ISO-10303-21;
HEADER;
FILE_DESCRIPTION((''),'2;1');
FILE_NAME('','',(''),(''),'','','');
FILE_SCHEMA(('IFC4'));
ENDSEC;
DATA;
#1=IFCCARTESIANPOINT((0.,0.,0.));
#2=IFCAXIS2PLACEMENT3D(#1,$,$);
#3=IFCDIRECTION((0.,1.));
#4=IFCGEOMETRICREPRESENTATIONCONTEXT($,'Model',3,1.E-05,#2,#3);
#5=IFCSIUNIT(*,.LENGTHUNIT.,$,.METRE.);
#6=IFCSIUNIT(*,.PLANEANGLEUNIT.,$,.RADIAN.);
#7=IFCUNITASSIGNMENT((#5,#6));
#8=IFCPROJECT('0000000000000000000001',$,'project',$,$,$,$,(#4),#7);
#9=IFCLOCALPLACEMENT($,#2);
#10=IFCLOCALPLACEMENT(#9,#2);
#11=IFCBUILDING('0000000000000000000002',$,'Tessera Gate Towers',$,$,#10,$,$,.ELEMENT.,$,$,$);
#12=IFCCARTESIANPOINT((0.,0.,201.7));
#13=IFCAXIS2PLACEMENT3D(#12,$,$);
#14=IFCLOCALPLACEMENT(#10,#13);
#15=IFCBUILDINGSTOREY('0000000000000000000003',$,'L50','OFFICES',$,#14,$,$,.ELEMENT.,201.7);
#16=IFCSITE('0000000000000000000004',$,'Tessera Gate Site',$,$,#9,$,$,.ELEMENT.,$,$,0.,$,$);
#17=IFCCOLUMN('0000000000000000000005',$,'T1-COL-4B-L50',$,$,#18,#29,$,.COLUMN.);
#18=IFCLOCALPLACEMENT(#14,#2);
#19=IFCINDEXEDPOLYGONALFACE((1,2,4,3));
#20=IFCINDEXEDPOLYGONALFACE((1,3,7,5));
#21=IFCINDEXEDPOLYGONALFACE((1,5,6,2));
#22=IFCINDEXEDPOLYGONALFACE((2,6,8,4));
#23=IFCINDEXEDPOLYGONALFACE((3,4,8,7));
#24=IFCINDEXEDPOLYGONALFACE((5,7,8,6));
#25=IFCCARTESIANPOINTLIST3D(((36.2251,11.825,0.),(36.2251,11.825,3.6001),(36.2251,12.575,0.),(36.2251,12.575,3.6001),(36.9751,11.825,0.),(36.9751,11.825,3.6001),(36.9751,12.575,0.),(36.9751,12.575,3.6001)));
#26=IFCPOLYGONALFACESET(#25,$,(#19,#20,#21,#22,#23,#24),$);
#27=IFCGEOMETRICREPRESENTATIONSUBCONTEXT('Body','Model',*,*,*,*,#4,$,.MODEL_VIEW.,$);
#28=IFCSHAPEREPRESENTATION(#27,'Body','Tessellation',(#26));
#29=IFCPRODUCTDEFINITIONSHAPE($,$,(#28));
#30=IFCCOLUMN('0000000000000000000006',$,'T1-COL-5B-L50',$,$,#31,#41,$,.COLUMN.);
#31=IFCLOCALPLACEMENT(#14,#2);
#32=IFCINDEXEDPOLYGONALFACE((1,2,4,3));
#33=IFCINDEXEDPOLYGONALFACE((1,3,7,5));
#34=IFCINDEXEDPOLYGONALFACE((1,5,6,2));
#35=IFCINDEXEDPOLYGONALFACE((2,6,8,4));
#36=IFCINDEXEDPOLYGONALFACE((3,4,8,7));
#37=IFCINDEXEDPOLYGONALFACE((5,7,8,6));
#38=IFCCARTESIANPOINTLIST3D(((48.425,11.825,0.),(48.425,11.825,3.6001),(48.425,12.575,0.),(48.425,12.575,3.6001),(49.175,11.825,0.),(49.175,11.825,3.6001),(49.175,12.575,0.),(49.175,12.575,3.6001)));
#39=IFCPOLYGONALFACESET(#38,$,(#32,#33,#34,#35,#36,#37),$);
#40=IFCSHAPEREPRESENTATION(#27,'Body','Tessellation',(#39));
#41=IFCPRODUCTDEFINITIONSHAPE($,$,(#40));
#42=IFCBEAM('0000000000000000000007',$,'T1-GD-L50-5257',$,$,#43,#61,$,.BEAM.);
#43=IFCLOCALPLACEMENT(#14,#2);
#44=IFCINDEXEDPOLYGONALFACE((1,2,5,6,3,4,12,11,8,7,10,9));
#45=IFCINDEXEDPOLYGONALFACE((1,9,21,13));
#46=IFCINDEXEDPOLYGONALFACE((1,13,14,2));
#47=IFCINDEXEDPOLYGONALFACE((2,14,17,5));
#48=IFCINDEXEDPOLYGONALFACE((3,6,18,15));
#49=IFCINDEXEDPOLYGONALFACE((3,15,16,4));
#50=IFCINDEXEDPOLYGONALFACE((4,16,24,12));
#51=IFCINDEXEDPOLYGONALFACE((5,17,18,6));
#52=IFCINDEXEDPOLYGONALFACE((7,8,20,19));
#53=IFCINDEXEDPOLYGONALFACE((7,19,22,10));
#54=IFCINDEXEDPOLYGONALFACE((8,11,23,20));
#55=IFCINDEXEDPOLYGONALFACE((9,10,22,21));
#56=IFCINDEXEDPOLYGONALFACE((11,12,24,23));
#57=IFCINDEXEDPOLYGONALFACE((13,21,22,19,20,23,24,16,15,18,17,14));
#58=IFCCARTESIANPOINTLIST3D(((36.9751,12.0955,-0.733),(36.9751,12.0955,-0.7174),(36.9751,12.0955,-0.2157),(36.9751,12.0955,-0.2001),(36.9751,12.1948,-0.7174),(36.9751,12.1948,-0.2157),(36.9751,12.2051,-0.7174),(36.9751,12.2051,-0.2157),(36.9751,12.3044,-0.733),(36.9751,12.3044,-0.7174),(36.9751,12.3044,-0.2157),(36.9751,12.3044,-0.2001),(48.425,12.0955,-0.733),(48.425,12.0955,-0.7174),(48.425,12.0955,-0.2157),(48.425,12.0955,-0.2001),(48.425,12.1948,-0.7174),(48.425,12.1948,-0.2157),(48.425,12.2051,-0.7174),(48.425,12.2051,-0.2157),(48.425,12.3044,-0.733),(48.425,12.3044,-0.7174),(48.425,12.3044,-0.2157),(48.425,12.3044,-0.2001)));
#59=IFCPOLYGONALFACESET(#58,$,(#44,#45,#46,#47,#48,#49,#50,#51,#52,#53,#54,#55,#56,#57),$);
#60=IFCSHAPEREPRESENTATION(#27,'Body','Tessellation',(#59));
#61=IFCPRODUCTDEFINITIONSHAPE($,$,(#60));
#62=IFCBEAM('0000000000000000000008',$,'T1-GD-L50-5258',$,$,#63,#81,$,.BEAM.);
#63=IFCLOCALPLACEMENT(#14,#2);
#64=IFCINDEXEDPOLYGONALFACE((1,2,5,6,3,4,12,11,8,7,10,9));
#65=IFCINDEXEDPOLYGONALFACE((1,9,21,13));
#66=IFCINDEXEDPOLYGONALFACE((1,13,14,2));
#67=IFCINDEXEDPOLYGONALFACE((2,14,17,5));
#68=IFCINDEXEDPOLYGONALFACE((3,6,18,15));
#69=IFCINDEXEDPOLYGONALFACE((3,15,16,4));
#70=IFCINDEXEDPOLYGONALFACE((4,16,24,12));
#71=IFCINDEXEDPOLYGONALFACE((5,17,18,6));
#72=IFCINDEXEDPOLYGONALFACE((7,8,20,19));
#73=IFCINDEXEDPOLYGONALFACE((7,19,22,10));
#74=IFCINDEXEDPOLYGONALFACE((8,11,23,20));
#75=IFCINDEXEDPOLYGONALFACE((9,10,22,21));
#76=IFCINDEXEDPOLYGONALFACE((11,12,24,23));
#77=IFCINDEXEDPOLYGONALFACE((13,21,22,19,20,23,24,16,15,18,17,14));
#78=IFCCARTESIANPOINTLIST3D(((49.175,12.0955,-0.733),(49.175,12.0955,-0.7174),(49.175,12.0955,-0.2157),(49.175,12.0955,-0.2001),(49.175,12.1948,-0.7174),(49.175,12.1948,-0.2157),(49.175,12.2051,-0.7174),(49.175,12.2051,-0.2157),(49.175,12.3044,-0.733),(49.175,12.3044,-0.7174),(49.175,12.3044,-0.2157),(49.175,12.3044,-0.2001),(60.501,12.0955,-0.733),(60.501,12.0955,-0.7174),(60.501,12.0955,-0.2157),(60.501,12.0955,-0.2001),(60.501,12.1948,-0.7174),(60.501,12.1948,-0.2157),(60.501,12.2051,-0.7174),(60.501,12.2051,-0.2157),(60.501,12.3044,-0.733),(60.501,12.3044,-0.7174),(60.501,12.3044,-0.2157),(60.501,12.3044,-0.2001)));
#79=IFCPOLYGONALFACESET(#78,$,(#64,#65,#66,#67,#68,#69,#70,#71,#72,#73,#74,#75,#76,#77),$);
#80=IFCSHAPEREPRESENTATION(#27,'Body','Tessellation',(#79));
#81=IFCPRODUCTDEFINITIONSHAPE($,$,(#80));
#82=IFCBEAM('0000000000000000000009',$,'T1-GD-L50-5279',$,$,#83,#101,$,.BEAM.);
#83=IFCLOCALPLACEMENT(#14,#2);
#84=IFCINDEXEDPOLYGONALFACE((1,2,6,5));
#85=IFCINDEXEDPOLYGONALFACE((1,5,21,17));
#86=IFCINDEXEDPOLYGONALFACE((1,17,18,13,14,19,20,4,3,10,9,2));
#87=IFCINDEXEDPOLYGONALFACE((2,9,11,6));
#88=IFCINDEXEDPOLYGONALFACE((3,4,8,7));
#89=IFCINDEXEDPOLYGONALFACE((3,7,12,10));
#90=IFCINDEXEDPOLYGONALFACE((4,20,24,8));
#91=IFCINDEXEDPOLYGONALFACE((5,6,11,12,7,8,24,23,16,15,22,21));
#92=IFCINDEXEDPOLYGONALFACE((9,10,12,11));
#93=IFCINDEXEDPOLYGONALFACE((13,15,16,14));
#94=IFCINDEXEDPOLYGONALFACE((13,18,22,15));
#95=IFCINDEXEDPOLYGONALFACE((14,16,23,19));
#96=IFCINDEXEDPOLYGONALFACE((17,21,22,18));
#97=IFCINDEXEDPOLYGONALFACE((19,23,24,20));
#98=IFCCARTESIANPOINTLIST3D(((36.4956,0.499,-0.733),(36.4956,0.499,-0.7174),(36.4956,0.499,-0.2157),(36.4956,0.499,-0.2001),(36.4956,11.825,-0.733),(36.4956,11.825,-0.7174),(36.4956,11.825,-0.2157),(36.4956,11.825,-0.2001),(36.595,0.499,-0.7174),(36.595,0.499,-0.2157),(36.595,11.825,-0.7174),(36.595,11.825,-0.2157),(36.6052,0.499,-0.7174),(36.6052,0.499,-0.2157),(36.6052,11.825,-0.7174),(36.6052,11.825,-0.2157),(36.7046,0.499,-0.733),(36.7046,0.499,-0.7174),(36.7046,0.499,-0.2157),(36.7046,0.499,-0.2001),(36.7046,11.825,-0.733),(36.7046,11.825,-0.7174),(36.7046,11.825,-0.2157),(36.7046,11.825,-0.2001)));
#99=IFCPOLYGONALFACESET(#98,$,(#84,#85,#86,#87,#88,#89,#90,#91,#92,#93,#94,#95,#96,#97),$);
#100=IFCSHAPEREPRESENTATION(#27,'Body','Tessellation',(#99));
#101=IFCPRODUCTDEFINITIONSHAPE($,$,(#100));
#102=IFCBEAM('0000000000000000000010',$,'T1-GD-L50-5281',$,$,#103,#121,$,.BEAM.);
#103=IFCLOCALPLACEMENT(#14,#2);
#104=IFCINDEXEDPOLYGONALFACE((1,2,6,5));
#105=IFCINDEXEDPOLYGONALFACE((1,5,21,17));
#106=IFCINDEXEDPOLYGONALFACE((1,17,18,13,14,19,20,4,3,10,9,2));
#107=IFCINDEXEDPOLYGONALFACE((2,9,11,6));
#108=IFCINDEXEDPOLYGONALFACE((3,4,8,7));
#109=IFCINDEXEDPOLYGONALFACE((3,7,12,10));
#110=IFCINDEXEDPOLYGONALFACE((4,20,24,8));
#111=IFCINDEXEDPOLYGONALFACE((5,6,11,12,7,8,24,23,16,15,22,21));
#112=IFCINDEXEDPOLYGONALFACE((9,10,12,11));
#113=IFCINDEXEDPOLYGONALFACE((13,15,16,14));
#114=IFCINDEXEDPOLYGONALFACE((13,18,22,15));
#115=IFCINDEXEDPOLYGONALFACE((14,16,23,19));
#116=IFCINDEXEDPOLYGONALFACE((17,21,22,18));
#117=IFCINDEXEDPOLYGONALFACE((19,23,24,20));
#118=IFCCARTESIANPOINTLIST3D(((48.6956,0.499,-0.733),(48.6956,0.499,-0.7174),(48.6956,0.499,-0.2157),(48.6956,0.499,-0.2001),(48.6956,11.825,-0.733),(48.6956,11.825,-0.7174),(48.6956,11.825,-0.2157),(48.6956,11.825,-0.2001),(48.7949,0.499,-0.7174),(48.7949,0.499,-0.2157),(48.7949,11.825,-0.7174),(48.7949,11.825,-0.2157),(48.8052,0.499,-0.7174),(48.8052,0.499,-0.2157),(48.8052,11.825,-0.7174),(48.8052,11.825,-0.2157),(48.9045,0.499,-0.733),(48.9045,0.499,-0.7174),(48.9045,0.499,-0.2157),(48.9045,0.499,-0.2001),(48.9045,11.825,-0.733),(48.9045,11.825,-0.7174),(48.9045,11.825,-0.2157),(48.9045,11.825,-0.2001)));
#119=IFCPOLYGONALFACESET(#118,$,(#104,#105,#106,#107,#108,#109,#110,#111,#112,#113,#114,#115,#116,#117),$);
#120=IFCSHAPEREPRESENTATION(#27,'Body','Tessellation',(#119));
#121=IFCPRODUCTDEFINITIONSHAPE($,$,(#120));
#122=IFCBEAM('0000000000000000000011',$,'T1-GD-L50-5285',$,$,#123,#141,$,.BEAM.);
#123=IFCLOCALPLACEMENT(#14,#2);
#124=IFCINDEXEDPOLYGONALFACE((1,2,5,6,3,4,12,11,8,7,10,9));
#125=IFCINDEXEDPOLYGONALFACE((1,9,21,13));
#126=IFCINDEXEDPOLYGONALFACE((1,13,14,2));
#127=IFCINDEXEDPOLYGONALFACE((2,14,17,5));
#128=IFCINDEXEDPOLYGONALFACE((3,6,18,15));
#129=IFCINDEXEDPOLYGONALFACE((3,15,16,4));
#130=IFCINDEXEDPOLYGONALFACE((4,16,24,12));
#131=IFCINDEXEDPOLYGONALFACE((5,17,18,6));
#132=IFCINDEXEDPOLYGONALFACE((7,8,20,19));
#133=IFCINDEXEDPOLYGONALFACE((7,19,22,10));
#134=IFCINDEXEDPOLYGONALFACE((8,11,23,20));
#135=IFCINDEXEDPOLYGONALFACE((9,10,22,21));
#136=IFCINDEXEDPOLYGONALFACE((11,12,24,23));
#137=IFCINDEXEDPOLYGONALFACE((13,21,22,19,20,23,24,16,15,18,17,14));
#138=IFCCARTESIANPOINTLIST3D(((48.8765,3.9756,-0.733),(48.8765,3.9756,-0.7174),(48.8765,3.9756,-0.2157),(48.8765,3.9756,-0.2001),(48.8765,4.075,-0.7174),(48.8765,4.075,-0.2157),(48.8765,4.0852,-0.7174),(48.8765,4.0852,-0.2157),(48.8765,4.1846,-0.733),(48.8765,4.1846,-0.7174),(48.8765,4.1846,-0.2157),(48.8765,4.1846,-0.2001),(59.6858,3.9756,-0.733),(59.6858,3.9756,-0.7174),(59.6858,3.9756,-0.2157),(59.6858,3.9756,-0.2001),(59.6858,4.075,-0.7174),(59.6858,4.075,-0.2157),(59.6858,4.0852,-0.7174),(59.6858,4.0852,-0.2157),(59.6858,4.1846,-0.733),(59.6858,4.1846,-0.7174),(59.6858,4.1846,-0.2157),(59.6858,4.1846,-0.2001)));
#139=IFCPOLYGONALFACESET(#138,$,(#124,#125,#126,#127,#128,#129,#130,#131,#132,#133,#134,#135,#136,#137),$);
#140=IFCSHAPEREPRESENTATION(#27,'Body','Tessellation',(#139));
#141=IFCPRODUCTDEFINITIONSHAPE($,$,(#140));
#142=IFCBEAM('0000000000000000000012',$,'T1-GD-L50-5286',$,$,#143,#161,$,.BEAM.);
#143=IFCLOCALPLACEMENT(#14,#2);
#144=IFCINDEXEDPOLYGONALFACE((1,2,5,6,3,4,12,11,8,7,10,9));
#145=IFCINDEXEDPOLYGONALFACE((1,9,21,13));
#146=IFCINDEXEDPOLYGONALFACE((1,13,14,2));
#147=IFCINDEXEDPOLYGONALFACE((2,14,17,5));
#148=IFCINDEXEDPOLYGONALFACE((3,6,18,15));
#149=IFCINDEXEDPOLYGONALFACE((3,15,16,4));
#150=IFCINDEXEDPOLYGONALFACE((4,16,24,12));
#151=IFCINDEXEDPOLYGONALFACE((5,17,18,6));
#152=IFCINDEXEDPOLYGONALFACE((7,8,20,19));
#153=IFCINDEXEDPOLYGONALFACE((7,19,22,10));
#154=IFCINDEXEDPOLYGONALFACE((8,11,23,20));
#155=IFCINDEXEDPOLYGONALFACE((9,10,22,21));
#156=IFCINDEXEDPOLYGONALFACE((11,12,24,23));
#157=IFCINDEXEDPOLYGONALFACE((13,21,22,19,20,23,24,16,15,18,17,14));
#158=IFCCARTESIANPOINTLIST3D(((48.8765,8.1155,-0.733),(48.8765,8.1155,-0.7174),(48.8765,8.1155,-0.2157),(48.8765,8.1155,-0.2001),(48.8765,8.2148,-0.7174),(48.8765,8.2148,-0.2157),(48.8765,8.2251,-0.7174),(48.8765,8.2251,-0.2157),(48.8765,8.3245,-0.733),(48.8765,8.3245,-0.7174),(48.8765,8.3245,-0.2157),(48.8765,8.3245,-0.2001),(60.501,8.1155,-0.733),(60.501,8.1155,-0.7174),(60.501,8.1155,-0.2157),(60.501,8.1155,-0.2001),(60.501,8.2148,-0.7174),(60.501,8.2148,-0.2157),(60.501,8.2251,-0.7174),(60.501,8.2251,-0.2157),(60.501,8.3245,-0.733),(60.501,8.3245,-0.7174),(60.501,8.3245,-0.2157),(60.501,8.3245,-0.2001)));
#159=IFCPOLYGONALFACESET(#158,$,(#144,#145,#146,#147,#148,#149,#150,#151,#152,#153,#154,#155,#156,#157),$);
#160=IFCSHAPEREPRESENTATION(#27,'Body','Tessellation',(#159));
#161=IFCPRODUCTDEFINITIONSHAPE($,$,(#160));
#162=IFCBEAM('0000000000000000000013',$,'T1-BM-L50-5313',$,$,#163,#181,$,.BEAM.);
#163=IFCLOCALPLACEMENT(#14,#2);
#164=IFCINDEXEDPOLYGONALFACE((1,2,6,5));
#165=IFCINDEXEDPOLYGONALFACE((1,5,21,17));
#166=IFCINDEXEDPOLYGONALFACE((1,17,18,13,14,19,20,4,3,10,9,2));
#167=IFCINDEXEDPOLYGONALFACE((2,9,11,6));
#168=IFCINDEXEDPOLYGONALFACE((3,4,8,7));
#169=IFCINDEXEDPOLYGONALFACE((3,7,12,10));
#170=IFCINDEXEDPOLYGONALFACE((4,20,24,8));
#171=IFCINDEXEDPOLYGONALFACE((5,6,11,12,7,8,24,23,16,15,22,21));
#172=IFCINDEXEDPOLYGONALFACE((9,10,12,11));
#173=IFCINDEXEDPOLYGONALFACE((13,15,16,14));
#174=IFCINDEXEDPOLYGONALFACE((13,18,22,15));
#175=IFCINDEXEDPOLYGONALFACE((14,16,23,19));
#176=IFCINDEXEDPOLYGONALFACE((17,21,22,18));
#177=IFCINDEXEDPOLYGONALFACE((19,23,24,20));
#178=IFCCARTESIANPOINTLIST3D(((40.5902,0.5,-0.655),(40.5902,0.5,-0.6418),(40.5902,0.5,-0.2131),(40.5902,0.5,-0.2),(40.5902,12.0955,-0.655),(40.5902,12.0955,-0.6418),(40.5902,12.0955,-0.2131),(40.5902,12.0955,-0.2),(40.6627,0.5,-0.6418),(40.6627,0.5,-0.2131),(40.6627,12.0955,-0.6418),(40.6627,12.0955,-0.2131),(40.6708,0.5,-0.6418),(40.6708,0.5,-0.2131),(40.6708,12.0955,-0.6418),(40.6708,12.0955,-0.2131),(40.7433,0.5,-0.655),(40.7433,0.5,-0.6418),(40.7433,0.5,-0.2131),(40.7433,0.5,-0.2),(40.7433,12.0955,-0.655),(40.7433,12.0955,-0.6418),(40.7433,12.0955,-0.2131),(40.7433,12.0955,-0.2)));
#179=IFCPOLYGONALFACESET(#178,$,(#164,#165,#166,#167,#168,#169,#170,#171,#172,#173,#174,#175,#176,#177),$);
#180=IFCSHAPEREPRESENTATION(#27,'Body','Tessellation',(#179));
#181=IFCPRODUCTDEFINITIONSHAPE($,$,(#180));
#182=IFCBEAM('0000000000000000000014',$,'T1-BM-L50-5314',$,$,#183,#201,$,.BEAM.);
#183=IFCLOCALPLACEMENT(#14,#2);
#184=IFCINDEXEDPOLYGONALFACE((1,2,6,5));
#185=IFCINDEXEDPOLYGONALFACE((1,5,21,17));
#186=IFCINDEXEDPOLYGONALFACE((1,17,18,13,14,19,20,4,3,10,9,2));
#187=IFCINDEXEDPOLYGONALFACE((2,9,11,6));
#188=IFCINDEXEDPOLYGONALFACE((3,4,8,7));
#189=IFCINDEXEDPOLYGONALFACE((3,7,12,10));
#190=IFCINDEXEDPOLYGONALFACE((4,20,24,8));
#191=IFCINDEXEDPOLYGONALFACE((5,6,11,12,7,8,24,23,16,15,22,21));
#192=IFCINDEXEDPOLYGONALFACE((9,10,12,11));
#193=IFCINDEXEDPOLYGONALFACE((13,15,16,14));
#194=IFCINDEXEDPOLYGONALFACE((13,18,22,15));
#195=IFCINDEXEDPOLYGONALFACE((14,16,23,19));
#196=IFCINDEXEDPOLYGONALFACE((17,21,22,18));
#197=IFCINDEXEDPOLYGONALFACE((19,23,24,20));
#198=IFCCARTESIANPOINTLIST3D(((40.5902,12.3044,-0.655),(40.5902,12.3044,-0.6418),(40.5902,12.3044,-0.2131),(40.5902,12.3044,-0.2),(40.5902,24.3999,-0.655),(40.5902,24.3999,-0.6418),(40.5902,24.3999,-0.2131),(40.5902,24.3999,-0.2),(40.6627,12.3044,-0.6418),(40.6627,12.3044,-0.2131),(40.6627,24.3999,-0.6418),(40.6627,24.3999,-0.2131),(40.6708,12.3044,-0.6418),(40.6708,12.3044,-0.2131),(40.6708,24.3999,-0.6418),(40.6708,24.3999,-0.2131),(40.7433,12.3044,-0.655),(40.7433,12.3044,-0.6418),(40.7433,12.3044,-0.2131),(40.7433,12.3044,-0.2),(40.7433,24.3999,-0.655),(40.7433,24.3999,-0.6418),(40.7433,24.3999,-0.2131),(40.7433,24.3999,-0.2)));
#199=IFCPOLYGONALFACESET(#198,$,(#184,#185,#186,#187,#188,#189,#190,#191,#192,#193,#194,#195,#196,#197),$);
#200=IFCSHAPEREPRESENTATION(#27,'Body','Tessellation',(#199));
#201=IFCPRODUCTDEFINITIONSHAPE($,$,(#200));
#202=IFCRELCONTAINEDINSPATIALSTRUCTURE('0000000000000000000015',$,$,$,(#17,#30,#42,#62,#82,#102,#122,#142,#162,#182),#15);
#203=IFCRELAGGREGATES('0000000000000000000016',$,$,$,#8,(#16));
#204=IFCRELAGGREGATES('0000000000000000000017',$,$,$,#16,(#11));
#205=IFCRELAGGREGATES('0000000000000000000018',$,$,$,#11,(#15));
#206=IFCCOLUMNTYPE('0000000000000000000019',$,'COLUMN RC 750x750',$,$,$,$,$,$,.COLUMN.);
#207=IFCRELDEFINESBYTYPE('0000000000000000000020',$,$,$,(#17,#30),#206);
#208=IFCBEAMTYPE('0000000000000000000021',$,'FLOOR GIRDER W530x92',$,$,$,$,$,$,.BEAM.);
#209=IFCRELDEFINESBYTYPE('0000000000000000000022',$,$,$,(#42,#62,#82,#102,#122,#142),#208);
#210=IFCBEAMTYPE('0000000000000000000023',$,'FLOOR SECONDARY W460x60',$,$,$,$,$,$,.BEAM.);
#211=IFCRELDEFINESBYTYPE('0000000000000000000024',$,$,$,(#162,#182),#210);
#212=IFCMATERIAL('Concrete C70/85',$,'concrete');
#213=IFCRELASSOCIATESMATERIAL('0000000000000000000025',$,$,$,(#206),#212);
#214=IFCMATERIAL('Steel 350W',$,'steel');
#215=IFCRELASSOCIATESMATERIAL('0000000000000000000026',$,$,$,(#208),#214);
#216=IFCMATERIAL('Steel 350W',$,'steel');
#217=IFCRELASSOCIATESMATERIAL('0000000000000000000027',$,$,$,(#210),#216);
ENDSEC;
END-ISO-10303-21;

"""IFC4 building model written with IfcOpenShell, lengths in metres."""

from ifc_helpers import new_model, si_unit, direction, frame, origin, origin_2d, place, context, subcontext, project, spatial, rectangle, i_section, extrude, material, material_profile, profile_set, type_object, element, save


model = new_model("IFC4")

# Units and contexts
model_context = context("Model", 3, precision=1e-05, world=origin(), true_north=direction((0.0, 1.0)))
body_context = subcontext(model_context, "Body", "Model", "MODEL_VIEW")
ifc_project = project(units=[si_unit("LENGTHUNIT", "METRE"), si_unit("PLANEANGLEUNIT", "RADIAN")], contexts=[model_context])

# Site, building, storey
site_placement = place(None, origin())
site = spatial("IfcSite", under=ifc_project, at=site_placement, Name="Tessera Gate Site", CompositionType="ELEMENT", RefElevation=0.0)
building_placement = place(site_placement, origin())
building = spatial("IfcBuilding", under=site, at=building_placement, Name="Tessera Gate Towers", CompositionType="ELEMENT")
storey_placement = place(building_placement, frame((0.0, 0.0, 201.7)))
storey = spatial("IfcBuildingStorey", under=building, at=storey_placement, Name="L50", Description="OFFICES", CompositionType="ELEMENT", Elevation=201.7)

# Columns
ifc_material_1 = material(Name="Concrete C70/85", Category="concrete")
ifc_material_profile_1 = material_profile(ifc_material_1, rectangle(XDim=0.75, YDim=0.75, at=origin_2d()), Name="RC 750x750")
ifc_profile_set_1 = profile_set([ifc_material_profile_1], Name="Concrete C70/85")
column_type = type_object("IfcColumnType", Name="COLUMN RC 750x750", PredefinedType="COLUMN", material=ifc_profile_set_1)
for number, where, z_axis, x_axis, name in (
    (1, (36.6001, 12.2, 0.0), (0.0, 0.0, 1.0), (1.0, 0.0, 0.0), "T1-COL-4B-L50"),
    (2, (48.8, 12.2, 0.0), (0.0, 0.0, 1.0), (1.0, 0.0, 0.0), "T1-COL-5B-L50"),
):
    element("IfcColumn", number, at=place(storey_placement, frame(where, z_axis=z_axis, x_axis=x_axis)), inside=storey, type_object=column_type, Name=name, PredefinedType="COLUMN", context=body_context, shape_type="SweptSolid", body=[
        extrude(rectangle(XDim=0.75, YDim=0.75, at=origin_2d()), origin(), (0.0, 0.0, 1.0), 3.6001),
    ])

# Beams
ifc_material_2 = material(Name="Steel 350W", Category="steel")
ifc_material_profile_2 = material_profile(ifc_material_2, i_section(OverallWidth=0.209, OverallDepth=0.533, WebThickness=0.0103, FlangeThickness=0.0156, at=origin_2d()), Name="W530x92")
ifc_profile_set_2 = profile_set([ifc_material_profile_2], Name="Steel 350W")
beam_type_1 = type_object("IfcBeamType", Name="FLOOR GIRDER W530x92", PredefinedType="BEAM", material=ifc_profile_set_2)
beam_1_placement = place(storey_placement, frame((36.9751, 12.2, -0.4666), z_axis=(1.0, 0.0, 0.0), x_axis=(0.0, 1.0, 0.0)))
element("IfcBeam", 3, at=beam_1_placement, inside=storey, type_object=beam_type_1, Name="T1-GD-L50-5257", PredefinedType="BEAM", context=body_context, shape_type="SweptSolid", body=[
    extrude(i_section(OverallWidth=0.209, OverallDepth=0.533, WebThickness=0.0103, FlangeThickness=0.0156, at=origin_2d()), origin(), (0.0, 0.0, 1.0), 11.45),
])
for number, where, z_axis, x_axis, name in (
    (4, (49.175, 12.2, -0.4666), (1.0, 0.0, 0.0), (0.0, 1.0, 0.0), "T1-GD-L50-5258"),
    (5, (36.6001, 0.499, -0.4666), (0.0, 1.0, 0.0), (-1.0, 0.0, 0.0), "T1-GD-L50-5279"),
    (6, (48.8, 0.499, -0.4666), (0.0, 1.0, 0.0), (-1.0, 0.0, 0.0), "T1-GD-L50-5281"),
):
    element("IfcBeam", number, at=place(storey_placement, frame(where, z_axis=z_axis, x_axis=x_axis)), inside=storey, type_object=beam_type_1, Name=name, PredefinedType="BEAM", context=body_context, shape_type="SweptSolid", body=[
        extrude(i_section(OverallWidth=0.209, OverallDepth=0.533, WebThickness=0.0103, FlangeThickness=0.0156, at=origin_2d()), origin(), (0.0, 0.0, 1.0), 11.3259),
    ])
beam_2_placement = place(storey_placement, frame((48.8765, 4.0801, -0.4666), z_axis=(1.0, 0.0, 0.0), x_axis=(0.0, 1.0, 0.0)))
element("IfcBeam", 7, at=beam_2_placement, inside=storey, type_object=beam_type_1, Name="T1-GD-L50-5285", PredefinedType="BEAM", context=body_context, shape_type="SweptSolid", body=[
    extrude(i_section(OverallWidth=0.209, OverallDepth=0.533, WebThickness=0.0103, FlangeThickness=0.0156, at=origin_2d()), origin(), (0.0, 0.0, 1.0), 10.8093),
])
beam_3_placement = place(storey_placement, frame((48.8765, 8.22, -0.4666), z_axis=(1.0, 0.0, 0.0), x_axis=(0.0, 1.0, 0.0)))
element("IfcBeam", 8, at=beam_3_placement, inside=storey, type_object=beam_type_1, Name="T1-GD-L50-5286", PredefinedType="BEAM", context=body_context, shape_type="SweptSolid", body=[
    extrude(i_section(OverallWidth=0.209, OverallDepth=0.533, WebThickness=0.0103, FlangeThickness=0.0156, at=origin_2d()), origin(), (0.0, 0.0, 1.0), 11.6245),
])
ifc_material_3 = material(Name="Steel 350W", Category="steel")
ifc_material_profile_3 = material_profile(ifc_material_3, i_section(OverallWidth=0.1531, OverallDepth=0.4551, WebThickness=0.0081, FlangeThickness=0.0132, at=origin_2d()), Name="W460x60")
ifc_profile_set_3 = profile_set([ifc_material_profile_3], Name="Steel 350W")
beam_type_2 = type_object("IfcBeamType", Name="FLOOR SECONDARY W460x60", PredefinedType="BEAM", material=ifc_profile_set_3)
beam_4_placement = place(storey_placement, frame((40.6667, 0.5, -0.4275), z_axis=(0.0, 1.0, 0.0), x_axis=(-1.0, 0.0, 0.0)))
element("IfcBeam", 9, at=beam_4_placement, inside=storey, type_object=beam_type_2, Name="T1-BM-L50-5313", PredefinedType="BEAM", context=body_context, shape_type="SweptSolid", body=[
    extrude(i_section(OverallWidth=0.1531, OverallDepth=0.4551, WebThickness=0.0081, FlangeThickness=0.0132, at=origin_2d()), origin(), (0.0, 0.0, 1.0), 11.5955),
])
beam_5_placement = place(storey_placement, frame((40.6667, 12.3044, -0.4275), z_axis=(0.0, 1.0, 0.0), x_axis=(-1.0, 0.0, 0.0)))
element("IfcBeam", 10, at=beam_5_placement, inside=storey, type_object=beam_type_2, Name="T1-BM-L50-5314", PredefinedType="BEAM", context=body_context, shape_type="SweptSolid", body=[
    extrude(i_section(OverallWidth=0.1531, OverallDepth=0.4551, WebThickness=0.0081, FlangeThickness=0.0132, at=origin_2d()), origin(), (0.0, 0.0, 1.0), 12.0955),
])

save(model, "model.ifc")
